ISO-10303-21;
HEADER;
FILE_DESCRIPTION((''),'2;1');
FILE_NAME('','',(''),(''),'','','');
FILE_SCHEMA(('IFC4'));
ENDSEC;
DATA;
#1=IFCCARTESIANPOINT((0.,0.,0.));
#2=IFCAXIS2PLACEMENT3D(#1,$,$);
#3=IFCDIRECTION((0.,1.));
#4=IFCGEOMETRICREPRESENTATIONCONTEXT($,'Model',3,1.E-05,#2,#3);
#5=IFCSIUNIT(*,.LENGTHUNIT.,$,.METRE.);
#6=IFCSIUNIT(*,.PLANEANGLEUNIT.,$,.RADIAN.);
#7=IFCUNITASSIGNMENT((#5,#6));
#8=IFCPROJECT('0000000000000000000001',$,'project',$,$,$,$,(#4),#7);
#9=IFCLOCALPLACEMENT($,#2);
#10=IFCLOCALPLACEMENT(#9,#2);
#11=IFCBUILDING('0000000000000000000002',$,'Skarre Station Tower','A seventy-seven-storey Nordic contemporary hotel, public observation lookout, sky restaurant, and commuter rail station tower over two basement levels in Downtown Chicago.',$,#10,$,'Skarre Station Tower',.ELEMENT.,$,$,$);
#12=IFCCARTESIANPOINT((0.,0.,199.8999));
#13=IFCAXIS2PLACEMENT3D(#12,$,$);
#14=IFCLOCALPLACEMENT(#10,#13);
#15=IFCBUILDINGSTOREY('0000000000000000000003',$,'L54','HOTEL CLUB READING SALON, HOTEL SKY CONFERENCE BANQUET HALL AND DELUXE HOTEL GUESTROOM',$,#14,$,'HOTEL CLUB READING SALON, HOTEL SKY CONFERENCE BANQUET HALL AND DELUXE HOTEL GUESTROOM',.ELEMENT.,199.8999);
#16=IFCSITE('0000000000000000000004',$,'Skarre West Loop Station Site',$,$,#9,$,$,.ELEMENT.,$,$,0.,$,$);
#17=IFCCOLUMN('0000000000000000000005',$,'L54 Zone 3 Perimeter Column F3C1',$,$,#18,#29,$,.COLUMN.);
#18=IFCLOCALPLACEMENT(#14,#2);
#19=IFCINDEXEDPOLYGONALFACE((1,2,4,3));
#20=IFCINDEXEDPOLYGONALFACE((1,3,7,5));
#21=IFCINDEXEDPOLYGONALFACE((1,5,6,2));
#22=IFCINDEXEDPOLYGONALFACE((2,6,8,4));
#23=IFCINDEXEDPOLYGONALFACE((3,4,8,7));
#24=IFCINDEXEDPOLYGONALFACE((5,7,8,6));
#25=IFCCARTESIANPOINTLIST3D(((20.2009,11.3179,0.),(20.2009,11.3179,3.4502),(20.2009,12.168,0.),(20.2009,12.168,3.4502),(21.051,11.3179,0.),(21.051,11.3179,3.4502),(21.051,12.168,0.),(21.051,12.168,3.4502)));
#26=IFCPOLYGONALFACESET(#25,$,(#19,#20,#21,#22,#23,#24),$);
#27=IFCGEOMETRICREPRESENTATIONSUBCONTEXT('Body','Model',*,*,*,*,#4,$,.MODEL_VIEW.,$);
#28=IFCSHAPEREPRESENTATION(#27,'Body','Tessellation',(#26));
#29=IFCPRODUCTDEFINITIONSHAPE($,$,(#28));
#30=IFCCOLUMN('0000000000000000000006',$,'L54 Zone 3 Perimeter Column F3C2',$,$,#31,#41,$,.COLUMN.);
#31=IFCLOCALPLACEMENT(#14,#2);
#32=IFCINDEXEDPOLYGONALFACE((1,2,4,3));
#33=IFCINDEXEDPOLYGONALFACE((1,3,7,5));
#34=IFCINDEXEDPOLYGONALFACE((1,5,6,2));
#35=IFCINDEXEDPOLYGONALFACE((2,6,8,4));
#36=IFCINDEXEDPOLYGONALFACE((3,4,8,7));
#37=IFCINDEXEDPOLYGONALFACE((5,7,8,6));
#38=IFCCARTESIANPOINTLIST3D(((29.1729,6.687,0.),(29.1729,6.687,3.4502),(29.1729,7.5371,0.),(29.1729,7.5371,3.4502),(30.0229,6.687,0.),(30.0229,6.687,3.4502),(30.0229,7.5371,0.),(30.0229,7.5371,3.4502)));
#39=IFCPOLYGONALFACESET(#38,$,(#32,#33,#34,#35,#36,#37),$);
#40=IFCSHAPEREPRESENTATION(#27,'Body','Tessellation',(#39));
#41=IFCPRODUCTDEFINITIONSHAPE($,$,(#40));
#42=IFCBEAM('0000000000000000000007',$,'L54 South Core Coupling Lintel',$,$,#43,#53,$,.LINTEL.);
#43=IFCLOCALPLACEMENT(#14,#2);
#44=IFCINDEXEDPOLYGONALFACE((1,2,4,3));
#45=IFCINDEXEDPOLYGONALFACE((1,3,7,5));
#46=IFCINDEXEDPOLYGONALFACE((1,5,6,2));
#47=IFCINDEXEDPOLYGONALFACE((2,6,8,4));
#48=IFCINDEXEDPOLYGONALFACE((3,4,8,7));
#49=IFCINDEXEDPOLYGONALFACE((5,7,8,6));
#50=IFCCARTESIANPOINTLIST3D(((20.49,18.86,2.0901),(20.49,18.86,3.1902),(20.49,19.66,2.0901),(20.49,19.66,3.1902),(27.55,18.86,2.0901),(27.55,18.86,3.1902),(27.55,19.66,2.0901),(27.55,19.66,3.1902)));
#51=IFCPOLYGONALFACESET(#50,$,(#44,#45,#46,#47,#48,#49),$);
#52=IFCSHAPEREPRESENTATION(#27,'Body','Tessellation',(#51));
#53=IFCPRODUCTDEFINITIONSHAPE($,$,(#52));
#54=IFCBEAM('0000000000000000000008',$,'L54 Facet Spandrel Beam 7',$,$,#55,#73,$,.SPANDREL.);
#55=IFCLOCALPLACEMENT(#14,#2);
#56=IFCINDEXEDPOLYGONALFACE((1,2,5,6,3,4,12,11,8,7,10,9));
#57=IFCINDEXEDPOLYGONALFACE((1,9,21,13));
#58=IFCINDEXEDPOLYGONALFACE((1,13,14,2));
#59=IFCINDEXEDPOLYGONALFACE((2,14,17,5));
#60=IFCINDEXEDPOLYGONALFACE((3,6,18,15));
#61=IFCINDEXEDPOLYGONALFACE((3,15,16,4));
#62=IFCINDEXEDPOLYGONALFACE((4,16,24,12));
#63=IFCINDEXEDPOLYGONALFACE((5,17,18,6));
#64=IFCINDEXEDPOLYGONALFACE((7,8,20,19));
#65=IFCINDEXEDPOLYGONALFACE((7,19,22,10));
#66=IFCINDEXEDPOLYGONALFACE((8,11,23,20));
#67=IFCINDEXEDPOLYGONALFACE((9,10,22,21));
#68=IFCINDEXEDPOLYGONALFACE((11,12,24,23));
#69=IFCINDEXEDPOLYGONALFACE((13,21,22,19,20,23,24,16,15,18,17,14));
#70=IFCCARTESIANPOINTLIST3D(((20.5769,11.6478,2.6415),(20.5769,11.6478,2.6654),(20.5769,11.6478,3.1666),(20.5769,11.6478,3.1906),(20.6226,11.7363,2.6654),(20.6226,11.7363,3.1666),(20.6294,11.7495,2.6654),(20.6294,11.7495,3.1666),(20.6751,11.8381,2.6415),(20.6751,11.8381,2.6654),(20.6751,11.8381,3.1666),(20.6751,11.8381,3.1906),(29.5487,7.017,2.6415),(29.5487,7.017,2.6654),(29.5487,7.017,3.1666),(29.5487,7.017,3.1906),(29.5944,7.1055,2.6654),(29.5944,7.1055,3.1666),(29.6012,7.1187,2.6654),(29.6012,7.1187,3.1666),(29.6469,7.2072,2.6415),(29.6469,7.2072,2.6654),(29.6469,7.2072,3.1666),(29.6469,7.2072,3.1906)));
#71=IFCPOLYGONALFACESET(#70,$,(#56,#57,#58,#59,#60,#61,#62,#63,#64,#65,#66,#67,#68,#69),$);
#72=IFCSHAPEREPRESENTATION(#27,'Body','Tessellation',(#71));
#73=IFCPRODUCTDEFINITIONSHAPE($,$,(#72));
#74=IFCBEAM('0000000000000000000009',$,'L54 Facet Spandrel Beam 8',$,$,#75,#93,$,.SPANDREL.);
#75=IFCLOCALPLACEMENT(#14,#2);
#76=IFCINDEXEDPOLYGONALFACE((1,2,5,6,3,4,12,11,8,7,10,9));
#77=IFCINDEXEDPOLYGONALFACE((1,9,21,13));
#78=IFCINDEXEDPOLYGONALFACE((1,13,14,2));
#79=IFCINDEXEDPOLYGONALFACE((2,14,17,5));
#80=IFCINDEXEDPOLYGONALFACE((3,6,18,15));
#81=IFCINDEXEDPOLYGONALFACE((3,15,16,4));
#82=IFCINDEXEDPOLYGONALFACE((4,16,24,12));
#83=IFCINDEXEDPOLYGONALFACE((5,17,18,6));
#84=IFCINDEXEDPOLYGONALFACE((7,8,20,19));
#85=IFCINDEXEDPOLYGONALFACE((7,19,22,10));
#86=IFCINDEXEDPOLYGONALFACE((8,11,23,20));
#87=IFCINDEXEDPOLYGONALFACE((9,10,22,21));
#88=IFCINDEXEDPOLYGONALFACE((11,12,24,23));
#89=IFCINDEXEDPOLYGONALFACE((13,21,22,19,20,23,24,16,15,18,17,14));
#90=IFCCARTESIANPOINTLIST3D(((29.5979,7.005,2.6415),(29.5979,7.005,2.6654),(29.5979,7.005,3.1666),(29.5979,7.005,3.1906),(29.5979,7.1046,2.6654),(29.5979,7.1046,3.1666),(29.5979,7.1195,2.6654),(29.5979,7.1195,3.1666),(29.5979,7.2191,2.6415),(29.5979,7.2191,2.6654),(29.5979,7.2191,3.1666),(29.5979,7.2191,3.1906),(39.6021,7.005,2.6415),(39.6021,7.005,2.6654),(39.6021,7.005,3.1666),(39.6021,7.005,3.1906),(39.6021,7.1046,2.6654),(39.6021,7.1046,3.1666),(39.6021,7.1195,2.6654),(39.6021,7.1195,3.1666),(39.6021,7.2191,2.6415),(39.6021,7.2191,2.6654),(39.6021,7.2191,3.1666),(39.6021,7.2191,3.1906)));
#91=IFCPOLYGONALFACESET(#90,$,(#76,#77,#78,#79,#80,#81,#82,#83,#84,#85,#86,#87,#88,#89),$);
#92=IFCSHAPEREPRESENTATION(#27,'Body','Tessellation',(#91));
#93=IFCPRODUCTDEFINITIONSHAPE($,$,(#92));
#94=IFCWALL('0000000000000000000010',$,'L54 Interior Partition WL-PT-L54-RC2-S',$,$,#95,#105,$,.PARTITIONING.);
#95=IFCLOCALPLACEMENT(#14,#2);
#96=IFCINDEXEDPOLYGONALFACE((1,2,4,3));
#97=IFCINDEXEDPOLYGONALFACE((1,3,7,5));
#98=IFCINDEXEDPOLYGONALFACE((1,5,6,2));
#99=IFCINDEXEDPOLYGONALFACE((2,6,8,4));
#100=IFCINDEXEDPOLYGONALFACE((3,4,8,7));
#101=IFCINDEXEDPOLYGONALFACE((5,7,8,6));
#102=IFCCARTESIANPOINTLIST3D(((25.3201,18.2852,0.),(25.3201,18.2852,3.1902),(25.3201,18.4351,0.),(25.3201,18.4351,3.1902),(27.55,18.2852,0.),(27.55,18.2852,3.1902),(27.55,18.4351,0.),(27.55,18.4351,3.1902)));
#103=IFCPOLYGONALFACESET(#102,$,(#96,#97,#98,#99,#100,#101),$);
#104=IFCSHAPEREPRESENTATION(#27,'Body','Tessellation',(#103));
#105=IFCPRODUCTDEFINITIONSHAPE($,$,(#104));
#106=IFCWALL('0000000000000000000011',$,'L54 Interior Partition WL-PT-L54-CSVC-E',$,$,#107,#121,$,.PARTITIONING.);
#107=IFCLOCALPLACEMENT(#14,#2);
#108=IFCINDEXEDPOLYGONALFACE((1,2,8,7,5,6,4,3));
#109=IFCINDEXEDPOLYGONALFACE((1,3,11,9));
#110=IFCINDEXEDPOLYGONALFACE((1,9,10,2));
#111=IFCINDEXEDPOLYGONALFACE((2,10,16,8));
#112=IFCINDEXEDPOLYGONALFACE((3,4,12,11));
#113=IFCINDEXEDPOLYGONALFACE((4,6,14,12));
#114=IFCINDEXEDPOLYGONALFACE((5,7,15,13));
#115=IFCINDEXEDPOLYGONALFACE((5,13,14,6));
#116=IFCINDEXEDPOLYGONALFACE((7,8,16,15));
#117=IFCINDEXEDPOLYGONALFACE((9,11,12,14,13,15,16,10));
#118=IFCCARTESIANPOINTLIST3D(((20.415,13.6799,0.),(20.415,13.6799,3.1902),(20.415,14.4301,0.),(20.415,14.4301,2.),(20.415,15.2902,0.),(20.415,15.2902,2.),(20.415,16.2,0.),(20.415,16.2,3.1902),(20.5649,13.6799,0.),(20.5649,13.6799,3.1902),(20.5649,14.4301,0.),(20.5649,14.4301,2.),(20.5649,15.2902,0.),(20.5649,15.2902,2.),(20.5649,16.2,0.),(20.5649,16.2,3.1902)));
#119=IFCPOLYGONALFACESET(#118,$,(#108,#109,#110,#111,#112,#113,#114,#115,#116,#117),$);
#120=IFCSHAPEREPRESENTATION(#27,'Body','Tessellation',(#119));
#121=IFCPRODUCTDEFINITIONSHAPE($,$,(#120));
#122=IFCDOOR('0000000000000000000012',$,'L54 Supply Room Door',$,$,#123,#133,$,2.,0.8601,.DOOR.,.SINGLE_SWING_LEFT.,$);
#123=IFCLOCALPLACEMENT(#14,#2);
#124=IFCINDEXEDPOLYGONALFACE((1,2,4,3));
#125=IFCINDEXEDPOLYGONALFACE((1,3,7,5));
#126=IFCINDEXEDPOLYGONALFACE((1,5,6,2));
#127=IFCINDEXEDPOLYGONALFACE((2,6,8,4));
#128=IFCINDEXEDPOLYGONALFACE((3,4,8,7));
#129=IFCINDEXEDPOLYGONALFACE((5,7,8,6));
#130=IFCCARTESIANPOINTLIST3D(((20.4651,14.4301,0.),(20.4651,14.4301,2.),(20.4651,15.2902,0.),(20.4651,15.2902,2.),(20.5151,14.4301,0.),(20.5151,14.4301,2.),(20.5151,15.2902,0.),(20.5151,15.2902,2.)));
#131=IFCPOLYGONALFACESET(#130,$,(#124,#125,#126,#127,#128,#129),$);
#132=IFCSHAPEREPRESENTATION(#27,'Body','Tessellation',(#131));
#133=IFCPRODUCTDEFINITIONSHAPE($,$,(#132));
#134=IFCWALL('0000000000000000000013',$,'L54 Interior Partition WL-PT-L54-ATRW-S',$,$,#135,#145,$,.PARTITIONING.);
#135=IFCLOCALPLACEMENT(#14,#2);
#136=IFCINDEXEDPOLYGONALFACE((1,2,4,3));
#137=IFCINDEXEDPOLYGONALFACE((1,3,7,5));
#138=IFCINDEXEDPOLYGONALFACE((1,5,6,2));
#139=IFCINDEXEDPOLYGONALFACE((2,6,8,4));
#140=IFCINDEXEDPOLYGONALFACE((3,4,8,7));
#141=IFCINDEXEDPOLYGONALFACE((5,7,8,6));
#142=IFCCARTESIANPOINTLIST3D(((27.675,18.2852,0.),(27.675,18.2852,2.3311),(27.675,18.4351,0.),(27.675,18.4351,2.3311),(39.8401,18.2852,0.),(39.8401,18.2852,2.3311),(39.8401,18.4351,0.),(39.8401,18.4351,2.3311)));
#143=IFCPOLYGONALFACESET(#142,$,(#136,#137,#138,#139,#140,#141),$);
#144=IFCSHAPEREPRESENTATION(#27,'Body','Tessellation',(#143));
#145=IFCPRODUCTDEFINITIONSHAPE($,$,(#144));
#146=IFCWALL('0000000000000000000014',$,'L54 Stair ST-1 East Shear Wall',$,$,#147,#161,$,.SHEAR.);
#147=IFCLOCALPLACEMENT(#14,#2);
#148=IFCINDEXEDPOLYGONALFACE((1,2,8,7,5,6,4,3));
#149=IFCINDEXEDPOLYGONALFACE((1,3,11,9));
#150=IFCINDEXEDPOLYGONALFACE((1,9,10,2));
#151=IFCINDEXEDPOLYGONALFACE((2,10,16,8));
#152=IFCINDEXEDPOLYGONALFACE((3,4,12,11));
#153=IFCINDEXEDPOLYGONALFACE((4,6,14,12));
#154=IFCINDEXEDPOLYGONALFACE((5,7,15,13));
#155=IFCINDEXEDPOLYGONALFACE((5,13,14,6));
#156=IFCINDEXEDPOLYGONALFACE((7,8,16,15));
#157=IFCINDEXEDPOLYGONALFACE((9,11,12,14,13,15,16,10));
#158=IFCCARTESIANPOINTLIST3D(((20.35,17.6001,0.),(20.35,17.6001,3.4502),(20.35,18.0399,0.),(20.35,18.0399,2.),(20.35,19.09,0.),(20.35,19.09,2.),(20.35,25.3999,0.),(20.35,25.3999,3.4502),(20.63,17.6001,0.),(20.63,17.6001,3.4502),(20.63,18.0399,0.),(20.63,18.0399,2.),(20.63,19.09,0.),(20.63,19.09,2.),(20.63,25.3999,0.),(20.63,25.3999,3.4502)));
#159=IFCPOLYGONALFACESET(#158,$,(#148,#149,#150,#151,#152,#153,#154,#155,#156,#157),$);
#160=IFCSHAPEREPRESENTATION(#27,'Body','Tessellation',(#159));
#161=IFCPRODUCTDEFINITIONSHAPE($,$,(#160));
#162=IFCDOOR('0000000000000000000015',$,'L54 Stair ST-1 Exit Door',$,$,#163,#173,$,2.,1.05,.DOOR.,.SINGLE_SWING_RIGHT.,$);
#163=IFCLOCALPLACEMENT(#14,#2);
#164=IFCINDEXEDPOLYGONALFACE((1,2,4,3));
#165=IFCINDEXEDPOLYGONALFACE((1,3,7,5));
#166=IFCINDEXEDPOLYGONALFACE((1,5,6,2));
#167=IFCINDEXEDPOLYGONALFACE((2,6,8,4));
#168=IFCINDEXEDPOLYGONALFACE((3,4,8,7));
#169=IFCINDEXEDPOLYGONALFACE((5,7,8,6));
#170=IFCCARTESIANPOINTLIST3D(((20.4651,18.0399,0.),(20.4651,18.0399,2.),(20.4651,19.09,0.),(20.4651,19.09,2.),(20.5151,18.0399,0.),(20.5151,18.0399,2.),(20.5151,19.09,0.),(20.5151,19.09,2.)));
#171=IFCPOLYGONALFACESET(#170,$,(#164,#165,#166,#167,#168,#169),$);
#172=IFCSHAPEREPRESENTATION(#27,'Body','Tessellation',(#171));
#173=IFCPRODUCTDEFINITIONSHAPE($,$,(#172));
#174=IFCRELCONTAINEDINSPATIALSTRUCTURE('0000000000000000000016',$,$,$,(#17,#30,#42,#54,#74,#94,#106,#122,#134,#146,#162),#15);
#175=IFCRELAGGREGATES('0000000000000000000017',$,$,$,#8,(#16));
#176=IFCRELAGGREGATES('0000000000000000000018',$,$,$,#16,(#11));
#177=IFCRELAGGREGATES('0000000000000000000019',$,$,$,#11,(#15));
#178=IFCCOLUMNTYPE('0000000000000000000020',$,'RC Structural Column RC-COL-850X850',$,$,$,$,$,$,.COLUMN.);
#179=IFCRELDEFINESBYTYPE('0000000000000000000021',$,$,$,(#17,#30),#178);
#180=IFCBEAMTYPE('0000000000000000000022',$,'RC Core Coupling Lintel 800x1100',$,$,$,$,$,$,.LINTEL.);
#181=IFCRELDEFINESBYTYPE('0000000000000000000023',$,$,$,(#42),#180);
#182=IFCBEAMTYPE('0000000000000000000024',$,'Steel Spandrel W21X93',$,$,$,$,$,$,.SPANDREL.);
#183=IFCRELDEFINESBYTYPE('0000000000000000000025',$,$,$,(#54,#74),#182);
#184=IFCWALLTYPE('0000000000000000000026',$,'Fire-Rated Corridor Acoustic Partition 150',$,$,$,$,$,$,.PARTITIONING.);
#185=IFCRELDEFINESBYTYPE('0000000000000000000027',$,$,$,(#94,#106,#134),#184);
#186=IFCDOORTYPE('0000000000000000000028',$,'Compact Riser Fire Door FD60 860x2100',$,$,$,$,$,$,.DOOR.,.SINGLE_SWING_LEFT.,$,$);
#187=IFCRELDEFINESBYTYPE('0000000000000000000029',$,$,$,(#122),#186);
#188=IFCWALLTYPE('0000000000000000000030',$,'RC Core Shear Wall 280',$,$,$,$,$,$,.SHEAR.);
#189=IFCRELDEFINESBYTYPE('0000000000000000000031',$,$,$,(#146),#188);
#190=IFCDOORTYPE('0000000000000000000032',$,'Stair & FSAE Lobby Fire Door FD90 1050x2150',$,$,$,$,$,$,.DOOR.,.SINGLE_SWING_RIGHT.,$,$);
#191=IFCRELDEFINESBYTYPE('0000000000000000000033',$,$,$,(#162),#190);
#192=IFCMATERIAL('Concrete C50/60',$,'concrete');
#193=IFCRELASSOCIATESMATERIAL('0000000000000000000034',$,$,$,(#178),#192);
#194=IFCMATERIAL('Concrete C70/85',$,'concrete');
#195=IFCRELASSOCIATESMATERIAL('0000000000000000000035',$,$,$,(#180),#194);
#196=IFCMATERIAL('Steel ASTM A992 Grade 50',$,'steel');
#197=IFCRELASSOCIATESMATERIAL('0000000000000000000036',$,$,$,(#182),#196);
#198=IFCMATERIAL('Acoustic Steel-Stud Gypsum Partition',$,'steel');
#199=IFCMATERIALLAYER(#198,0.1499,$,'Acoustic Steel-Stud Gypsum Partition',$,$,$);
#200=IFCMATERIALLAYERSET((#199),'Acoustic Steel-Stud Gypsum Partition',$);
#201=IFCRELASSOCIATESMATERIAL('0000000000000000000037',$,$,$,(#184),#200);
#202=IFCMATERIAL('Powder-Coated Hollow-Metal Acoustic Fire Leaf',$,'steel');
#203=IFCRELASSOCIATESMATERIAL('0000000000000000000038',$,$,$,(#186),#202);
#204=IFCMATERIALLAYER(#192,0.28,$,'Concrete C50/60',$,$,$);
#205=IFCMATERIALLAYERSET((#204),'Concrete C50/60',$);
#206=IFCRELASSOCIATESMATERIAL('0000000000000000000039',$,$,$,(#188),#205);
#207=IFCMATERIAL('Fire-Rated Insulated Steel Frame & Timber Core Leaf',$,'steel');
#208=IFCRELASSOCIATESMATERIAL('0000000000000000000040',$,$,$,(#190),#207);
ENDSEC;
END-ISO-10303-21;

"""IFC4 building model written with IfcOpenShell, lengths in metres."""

from ifc_helpers import new_model, si_unit, direction, frame, frame_2d, origin, origin_2d, place, context, subcontext, project, spatial, rectangle, i_section, extrude, material, layer, layer_set, material_profile, profile_set, type_object, element, fill, save


model = new_model("IFC4")

# Units and contexts
model_context = context("Model", 3, precision=1e-05, world=origin(), true_north=direction((0.0, 1.0)))
body_context = subcontext(model_context, "Body", "Model", "MODEL_VIEW")
ifc_project = project(units=[si_unit("LENGTHUNIT", "METRE"), si_unit("PLANEANGLEUNIT", "RADIAN")], contexts=[model_context])

# Site, building, storey
site_placement = place(None, origin())
site = spatial("IfcSite", under=ifc_project, at=site_placement, Name="Skarre West Loop Station Site", CompositionType="ELEMENT", RefElevation=0.0)
building_placement = place(site_placement, origin())
building = spatial("IfcBuilding", under=site, at=building_placement, Name="Skarre Station Tower", Description="A seventy-seven-storey Nordic contemporary hotel, public observation lookout, sky restaurant, and commuter rail station tower over two basement levels in Downtown Chicago.", LongName="Skarre Station Tower", CompositionType="ELEMENT")
storey_placement = place(building_placement, frame((0.0, 0.0, 199.8999)))
storey = spatial("IfcBuildingStorey", under=building, at=storey_placement, Name="L54", Description="HOTEL CLUB READING SALON, HOTEL SKY CONFERENCE BANQUET HALL AND DELUXE HOTEL GUESTROOM", LongName="HOTEL CLUB READING SALON, HOTEL SKY CONFERENCE BANQUET HALL AND DELUXE HOTEL GUESTROOM", CompositionType="ELEMENT", Elevation=199.8999)

# Columns
ifc_material_1 = material(Name="Concrete C50/60", Category="concrete")
ifc_material_profile_1 = material_profile(ifc_material_1, rectangle(XDim=0.8501, YDim=0.8501, at=origin_2d()), Name="Concrete C50/60")
ifc_profile_set_1 = profile_set([ifc_material_profile_1], Name="Concrete C50/60")
column_type = type_object("IfcColumnType", Name="RC Structural Column RC-COL-850X850", PredefinedType="COLUMN", material=ifc_profile_set_1)
for number, where, z_axis, x_axis, name in (
    (1, (20.626, 11.7429, 0.0), (0.0, 0.0, 1.0), (1.0, 0.0, 0.0), "L54 Zone 3 Perimeter Column F3C1"),
    (2, (29.5979, 7.1121, 0.0), (0.0, 0.0, 1.0), (1.0, 0.0, 0.0), "L54 Zone 3 Perimeter Column F3C2"),
):
    element("IfcColumn", number, at=place(storey_placement, frame(where, z_axis=z_axis, x_axis=x_axis)), inside=storey, type_object=column_type, Name=name, PredefinedType="COLUMN", context=body_context, shape_type="SweptSolid", body=[
        extrude(rectangle(XDim=0.8501, YDim=0.8501, at=origin_2d()), origin(), (0.0, 0.0, 1.0), 3.4502),
    ])

# Beams
ifc_material_2 = material(Name="Concrete C70/85", Category="concrete")
ifc_material_profile_2 = material_profile(ifc_material_2, rectangle(XDim=0.8, YDim=1.1001, at=origin_2d()), Name="Concrete C70/85")
ifc_profile_set_2 = profile_set([ifc_material_profile_2], Name="Concrete C70/85")
beam_type_1 = type_object("IfcBeamType", Name="RC Core Coupling Lintel 800x1100", PredefinedType="LINTEL", material=ifc_profile_set_2)
beam_1_placement = place(storey_placement, frame((20.49, 19.26, 2.6401), z_axis=(1.0, 0.0, 0.0), x_axis=(0.0, 1.0, 0.0)))
element("IfcBeam", 3, at=beam_1_placement, inside=storey, type_object=beam_type_1, Name="L54 South Core Coupling Lintel", PredefinedType="LINTEL", context=body_context, shape_type="SweptSolid", body=[
    extrude(rectangle(XDim=0.8, YDim=1.1001, at=origin_2d()), origin(), (0.0, 0.0, 1.0), 7.0601),
])
ifc_material_3 = material(Name="Steel ASTM A992 Grade 50", Category="steel")
ifc_material_profile_3 = material_profile(ifc_material_3, i_section(OverallWidth=0.2141, OverallDepth=0.5491, WebThickness=0.0149, FlangeThickness=0.0239, at=origin_2d()), Name="Steel ASTM A992 Grade 50")
ifc_profile_set_3 = profile_set([ifc_material_profile_3], Name="Steel ASTM A992 Grade 50")
beam_type_2 = type_object("IfcBeamType", Name="Steel Spandrel W21X93", PredefinedType="SPANDREL", material=ifc_profile_set_3)
beam_2_placement = place(storey_placement, frame((20.626, 11.7429, 2.916), z_axis=(0.888613, -0.458658, 0.0), x_axis=(0.458658, 0.888613, 0.0)))
element("IfcBeam", 4, at=beam_2_placement, inside=storey, type_object=beam_type_2, Name="L54 Facet Spandrel Beam 7", PredefinedType="SPANDREL", context=body_context, shape_type="SweptSolid", body=[
    extrude(i_section(OverallWidth=0.2141, OverallDepth=0.5491, WebThickness=0.0149, FlangeThickness=0.0239, at=origin_2d()), origin(), (0.0, 0.0, 1.0), 10.0964),
])
beam_3_placement = place(storey_placement, frame((29.5979, 7.1121, 2.916), z_axis=(1.0, 0.0, 0.0), x_axis=(0.0, 1.0, 0.0)))
element("IfcBeam", 5, at=beam_3_placement, inside=storey, type_object=beam_type_2, Name="L54 Facet Spandrel Beam 8", PredefinedType="SPANDREL", context=body_context, shape_type="SweptSolid", body=[
    extrude(i_section(OverallWidth=0.2141, OverallDepth=0.5491, WebThickness=0.0149, FlangeThickness=0.0239, at=origin_2d()), origin(), (0.0, 0.0, 1.0), 10.0042),
])

# Wall
ifc_material_4 = material(Name="Acoustic Steel-Stud Gypsum Partition", Category="steel")
ifc_layer_1 = layer(ifc_material_4, 0.1499, Name="Acoustic Steel-Stud Gypsum Partition")
ifc_layer_set_1 = layer_set([ifc_layer_1], Name="Acoustic Steel-Stud Gypsum Partition")
wall_type_1 = type_object("IfcWallType", Name="Fire-Rated Corridor Acoustic Partition 150", PredefinedType="PARTITIONING", material=ifc_layer_set_1)
wall_1_placement = place(storey_placement, frame((25.3201, 18.3601, 0.0), z_axis=(0.0, 0.0, 1.0), x_axis=(1.0, 0.0, 0.0)))
element("IfcWall", 6, at=wall_1_placement, inside=storey, type_object=wall_type_1, Name="L54 Interior Partition WL-PT-L54-RC2-S", PredefinedType="PARTITIONING", context=body_context, shape_type="SweptSolid", body=[
    extrude(rectangle(XDim=2.23, YDim=0.1499, at=frame_2d((1.115, 0.0))), origin(), (0.0, 0.0, 1.0), 3.1902),
])

# Wall, opening, door
wall_2_placement = place(storey_placement, frame((20.49, 13.6799, 0.0), z_axis=(0.0, 0.0, 1.0), x_axis=(0.0, 1.0, 0.0)))
wall_2 = element("IfcWall", 7, at=wall_2_placement, inside=storey, type_object=wall_type_1, Name="L54 Interior Partition WL-PT-L54-CSVC-E", PredefinedType="PARTITIONING", context=body_context, shape_type="SweptSolid", body=[
    extrude(rectangle(XDim=2.52, YDim=0.1499, at=frame_2d((1.26, 0.0))), origin(), (0.0, 0.0, 1.0), 3.1902),
])
opening_1_placement = place(wall_2_placement, frame((0.75, 0.0, 0.0)))
opening_1 = element("IfcOpeningElement", 8, at=opening_1_placement, cuts=wall_2, PredefinedType="OPENING", context=body_context, shape_type="SweptSolid", body=[
    extrude(rectangle(XDim=0.8601, YDim=2.0, at=frame_2d((0.4302, 1.0))), frame((0.0, 0.085, 0.0), z_axis=(0.0, -1.0, 0.0), x_axis=(1.0, 0.0, 0.0)), (0.0, 0.0, 1.0), 0.1699),
])
ifc_material_5 = material(Name="Powder-Coated Hollow-Metal Acoustic Fire Leaf", Category="steel")
door_type_1 = type_object("IfcDoorType", Name="Compact Riser Fire Door FD60 860x2100", OperationType="SINGLE_SWING_LEFT", PredefinedType="DOOR", material=ifc_material_5)
door_1_placement = place(opening_1_placement, origin())
door_1 = element("IfcDoor", 9, at=door_1_placement, inside=storey, type_object=door_type_1, Name="L54 Supply Room Door", OperationType="SINGLE_SWING_LEFT", OverallHeight=2.0, OverallWidth=0.8601, PredefinedType="DOOR", context=body_context, shape_type="SweptSolid", body=[
    extrude(rectangle(XDim=0.8601, YDim=2.0, at=frame_2d((0.4302, 1.0))), frame((0.0, 0.0249, 0.0), z_axis=(0.0, -1.0, 0.0), x_axis=(1.0, 0.0, 0.0)), (0.0, 0.0, 1.0), 0.05),
])
fill(opening_1, door_1)

# Wall
wall_3_placement = place(storey_placement, frame((27.675, 18.3601, 0.0), z_axis=(0.0, 0.0, 1.0), x_axis=(1.0, 0.0, 0.0)))
element("IfcWall", 10, at=wall_3_placement, inside=storey, type_object=wall_type_1, Name="L54 Interior Partition WL-PT-L54-ATRW-S", PredefinedType="PARTITIONING", context=body_context, shape_type="SweptSolid", body=[
    extrude(rectangle(XDim=12.165, YDim=0.1499, at=frame_2d((6.0825, 0.0))), origin(), (0.0, 0.0, 1.0), 2.3311),
])

# Wall, opening, door
ifc_layer_2 = layer(ifc_material_1, 0.28, Name="Concrete C50/60")
ifc_layer_set_2 = layer_set([ifc_layer_2], Name="Concrete C50/60")
wall_type_2 = type_object("IfcWallType", Name="RC Core Shear Wall 280", PredefinedType="SHEAR", material=ifc_layer_set_2)
wall_4_placement = place(storey_placement, frame((20.49, 17.6001, 0.0), z_axis=(0.0, 0.0, 1.0), x_axis=(0.0, 1.0, 0.0)))
wall_4 = element("IfcWall", 11, at=wall_4_placement, inside=storey, type_object=wall_type_2, Name="L54 Stair ST-1 East Shear Wall", PredefinedType="SHEAR", context=body_context, shape_type="SweptSolid", body=[
    extrude(rectangle(XDim=7.7998, YDim=0.28, at=frame_2d((3.8999, 0.0))), origin(), (0.0, 0.0, 1.0), 3.4502),
])
opening_2_placement = place(wall_4_placement, frame((0.4399, 0.0, 0.0)))
opening_2 = element("IfcOpeningElement", 12, at=opening_2_placement, cuts=wall_4, PredefinedType="OPENING", context=body_context, shape_type="SweptSolid", body=[
    extrude(rectangle(XDim=1.05, YDim=2.0, at=frame_2d((0.5249, 1.0))), frame((0.0, 0.1499, 0.0), z_axis=(0.0, -1.0, 0.0), x_axis=(1.0, 0.0, 0.0)), (0.0, 0.0, 1.0), 0.3),
])
ifc_material_6 = material(Name="Fire-Rated Insulated Steel Frame & Timber Core Leaf", Category="steel")
door_type_2 = type_object("IfcDoorType", Name="Stair & FSAE Lobby Fire Door FD90 1050x2150", OperationType="SINGLE_SWING_RIGHT", PredefinedType="DOOR", material=ifc_material_6)
door_2_placement = place(opening_2_placement, origin())
door_2 = element("IfcDoor", 13, at=door_2_placement, inside=storey, type_object=door_type_2, Name="L54 Stair ST-1 Exit Door", OperationType="SINGLE_SWING_RIGHT", OverallHeight=2.0, OverallWidth=1.05, PredefinedType="DOOR", context=body_context, shape_type="SweptSolid", body=[
    extrude(rectangle(XDim=1.05, YDim=2.0, at=frame_2d((0.5249, 1.0))), frame((0.0, 0.0249, 0.0), z_axis=(0.0, -1.0, 0.0), x_axis=(1.0, 0.0, 0.0)), (0.0, 0.0, 1.0), 0.05),
])
fill(opening_2, door_2)

save(model, "model.ifc")
